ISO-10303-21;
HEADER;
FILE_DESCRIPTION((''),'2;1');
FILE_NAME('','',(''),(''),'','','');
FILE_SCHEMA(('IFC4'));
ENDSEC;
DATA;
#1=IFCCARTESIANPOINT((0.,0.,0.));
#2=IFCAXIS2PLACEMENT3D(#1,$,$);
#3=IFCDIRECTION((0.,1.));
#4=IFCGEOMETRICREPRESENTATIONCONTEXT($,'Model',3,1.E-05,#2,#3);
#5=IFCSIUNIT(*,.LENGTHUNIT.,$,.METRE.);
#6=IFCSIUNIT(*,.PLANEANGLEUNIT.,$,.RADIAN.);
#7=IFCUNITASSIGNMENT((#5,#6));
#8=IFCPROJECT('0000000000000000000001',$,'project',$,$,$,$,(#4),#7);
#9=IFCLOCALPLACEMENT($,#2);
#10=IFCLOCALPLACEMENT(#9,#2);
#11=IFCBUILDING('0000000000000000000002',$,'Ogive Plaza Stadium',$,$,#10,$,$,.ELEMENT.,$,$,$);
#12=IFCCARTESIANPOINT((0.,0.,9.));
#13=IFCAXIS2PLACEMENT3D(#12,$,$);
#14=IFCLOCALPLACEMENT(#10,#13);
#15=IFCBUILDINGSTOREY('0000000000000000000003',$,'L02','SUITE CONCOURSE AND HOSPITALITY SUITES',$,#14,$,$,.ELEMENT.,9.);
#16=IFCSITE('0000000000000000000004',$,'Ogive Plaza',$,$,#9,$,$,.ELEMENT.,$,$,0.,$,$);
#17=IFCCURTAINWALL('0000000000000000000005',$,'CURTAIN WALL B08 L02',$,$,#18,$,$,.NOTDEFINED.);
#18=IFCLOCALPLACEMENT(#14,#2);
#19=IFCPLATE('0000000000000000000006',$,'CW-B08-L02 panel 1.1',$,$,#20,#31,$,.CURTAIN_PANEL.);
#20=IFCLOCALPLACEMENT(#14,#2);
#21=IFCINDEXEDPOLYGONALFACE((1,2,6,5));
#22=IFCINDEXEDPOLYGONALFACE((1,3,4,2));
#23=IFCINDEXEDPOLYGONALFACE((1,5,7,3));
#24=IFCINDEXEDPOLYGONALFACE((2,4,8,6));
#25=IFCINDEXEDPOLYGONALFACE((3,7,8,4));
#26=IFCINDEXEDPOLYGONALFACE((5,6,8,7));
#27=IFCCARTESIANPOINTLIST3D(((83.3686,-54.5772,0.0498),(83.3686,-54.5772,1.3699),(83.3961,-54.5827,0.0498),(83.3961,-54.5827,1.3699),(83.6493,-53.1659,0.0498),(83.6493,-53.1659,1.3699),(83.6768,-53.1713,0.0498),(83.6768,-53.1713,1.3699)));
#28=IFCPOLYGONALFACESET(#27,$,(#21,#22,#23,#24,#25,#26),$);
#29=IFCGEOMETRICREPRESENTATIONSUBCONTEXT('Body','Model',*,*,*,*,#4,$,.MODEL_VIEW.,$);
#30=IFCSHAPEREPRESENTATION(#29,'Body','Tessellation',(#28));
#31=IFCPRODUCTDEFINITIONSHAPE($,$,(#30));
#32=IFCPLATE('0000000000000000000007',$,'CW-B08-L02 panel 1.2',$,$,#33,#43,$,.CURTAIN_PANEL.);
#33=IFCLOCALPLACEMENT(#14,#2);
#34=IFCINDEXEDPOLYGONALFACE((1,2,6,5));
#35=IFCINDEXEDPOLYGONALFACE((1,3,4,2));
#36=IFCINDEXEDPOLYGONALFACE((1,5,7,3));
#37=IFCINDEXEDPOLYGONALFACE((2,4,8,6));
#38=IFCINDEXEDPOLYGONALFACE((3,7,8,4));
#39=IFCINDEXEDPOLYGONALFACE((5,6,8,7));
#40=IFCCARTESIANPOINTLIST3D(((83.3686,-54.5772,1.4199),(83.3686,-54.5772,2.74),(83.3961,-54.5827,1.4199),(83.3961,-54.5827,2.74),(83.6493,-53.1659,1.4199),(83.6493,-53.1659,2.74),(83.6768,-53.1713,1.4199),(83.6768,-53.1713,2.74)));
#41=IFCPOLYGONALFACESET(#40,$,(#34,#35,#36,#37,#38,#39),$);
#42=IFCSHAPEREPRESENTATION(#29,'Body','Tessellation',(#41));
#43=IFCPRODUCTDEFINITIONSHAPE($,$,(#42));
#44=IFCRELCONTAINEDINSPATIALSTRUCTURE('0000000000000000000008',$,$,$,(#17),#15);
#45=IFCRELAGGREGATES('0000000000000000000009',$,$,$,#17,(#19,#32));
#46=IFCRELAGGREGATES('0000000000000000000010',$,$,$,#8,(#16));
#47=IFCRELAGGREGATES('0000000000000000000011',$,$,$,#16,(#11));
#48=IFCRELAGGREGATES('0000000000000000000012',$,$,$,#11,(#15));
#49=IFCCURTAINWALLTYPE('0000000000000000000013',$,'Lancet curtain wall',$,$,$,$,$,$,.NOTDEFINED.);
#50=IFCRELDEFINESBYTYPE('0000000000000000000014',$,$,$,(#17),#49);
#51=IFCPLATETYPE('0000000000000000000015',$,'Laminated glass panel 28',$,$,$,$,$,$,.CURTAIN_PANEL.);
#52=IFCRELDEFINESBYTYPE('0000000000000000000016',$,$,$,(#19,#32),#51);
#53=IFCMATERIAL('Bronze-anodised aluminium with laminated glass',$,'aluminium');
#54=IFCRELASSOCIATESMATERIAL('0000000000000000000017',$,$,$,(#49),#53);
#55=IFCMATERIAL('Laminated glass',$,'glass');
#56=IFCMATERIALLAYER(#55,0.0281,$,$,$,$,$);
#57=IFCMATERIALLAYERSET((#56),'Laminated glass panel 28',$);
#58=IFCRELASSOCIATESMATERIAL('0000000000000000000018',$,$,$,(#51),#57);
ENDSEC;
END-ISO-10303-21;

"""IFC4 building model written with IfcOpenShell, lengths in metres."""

from ifc_helpers import new_model, si_unit, direction, frame, origin, origin_2d, place, context, subcontext, project, spatial, rectangle, extrude, material, layer, layer_set, type_object, element, aggregate, save


model = new_model("IFC4")

# Units and contexts
model_context = context("Model", 3, precision=1e-05, world=origin(), true_north=direction((0.0, 1.0)))
body_context = subcontext(model_context, "Body", "Model", "MODEL_VIEW")
ifc_project = project(units=[si_unit("LENGTHUNIT", "METRE"), si_unit("PLANEANGLEUNIT", "RADIAN")], contexts=[model_context])

# Site, building, storey
site_placement = place(None, origin())
site = spatial("IfcSite", under=ifc_project, at=site_placement, Name="Ogive Plaza", CompositionType="ELEMENT", RefElevation=0.0)
building_placement = place(site_placement, origin())
building = spatial("IfcBuilding", under=site, at=building_placement, Name="Ogive Plaza Stadium", CompositionType="ELEMENT")
storey_placement = place(building_placement, frame((0.0, 0.0, 9.0)))
storey = spatial("IfcBuildingStorey", under=building, at=storey_placement, Name="L02", Description="SUITE CONCOURSE AND HOSPITALITY SUITES", CompositionType="ELEMENT", Elevation=9.0)

# Curtain wall
ifc_material_1 = material(Name="Bronze-anodised aluminium with laminated glass", Category="aluminium")
curtain_wall_type = type_object("IfcCurtainWallType", Name="Lancet curtain wall", PredefinedType="NOTDEFINED", material=ifc_material_1)
curtain_wall_1_placement = place(storey_placement, origin())
curtain_wall_1 = element("IfcCurtainWall", 1, at=curtain_wall_1_placement, inside=storey, type_object=curtain_wall_type, Name="CURTAIN WALL B08 L02", PredefinedType="NOTDEFINED")

# Plates
ifc_material_2 = material(Name="Laminated glass", Category="glass")
ifc_layer = layer(ifc_material_2, 0.0281)
ifc_layer_set = layer_set([ifc_layer], Name="Laminated glass panel 28")
plate_type = type_object("IfcPlateType", Name="Laminated glass panel 28", PredefinedType="CURTAIN_PANEL", material=ifc_layer_set)
plate_1_placement = place(storey_placement, frame((83.5227, -53.8743, 0.0498), z_axis=(0.0, 0.0, 1.0), x_axis=(-0.19509, -0.980785, 0.0)))
plate_1 = element("IfcPlate", 2, at=plate_1_placement, type_object=plate_type, Name="CW-B08-L02 panel 1.1", PredefinedType="CURTAIN_PANEL", context=body_context, shape_type="SweptSolid", body=[
    extrude(rectangle(XDim=1.439, YDim=0.0281, at=origin_2d()), origin(), (0.0, 0.0, 1.0), 1.3201),
])
plate_2_placement = place(storey_placement, frame((83.5227, -53.8743, 1.4199), z_axis=(0.0, 0.0, 1.0), x_axis=(-0.19509, -0.980785, 0.0)))
plate_2 = element("IfcPlate", 3, at=plate_2_placement, type_object=plate_type, Name="CW-B08-L02 panel 1.2", PredefinedType="CURTAIN_PANEL", context=body_context, shape_type="SweptSolid", body=[
    extrude(rectangle(XDim=1.439, YDim=0.0281, at=origin_2d()), origin(), (0.0, 0.0, 1.0), 1.3201),
])
aggregate(curtain_wall_1, [plate_1, plate_2])

save(model, "model.ifc")
